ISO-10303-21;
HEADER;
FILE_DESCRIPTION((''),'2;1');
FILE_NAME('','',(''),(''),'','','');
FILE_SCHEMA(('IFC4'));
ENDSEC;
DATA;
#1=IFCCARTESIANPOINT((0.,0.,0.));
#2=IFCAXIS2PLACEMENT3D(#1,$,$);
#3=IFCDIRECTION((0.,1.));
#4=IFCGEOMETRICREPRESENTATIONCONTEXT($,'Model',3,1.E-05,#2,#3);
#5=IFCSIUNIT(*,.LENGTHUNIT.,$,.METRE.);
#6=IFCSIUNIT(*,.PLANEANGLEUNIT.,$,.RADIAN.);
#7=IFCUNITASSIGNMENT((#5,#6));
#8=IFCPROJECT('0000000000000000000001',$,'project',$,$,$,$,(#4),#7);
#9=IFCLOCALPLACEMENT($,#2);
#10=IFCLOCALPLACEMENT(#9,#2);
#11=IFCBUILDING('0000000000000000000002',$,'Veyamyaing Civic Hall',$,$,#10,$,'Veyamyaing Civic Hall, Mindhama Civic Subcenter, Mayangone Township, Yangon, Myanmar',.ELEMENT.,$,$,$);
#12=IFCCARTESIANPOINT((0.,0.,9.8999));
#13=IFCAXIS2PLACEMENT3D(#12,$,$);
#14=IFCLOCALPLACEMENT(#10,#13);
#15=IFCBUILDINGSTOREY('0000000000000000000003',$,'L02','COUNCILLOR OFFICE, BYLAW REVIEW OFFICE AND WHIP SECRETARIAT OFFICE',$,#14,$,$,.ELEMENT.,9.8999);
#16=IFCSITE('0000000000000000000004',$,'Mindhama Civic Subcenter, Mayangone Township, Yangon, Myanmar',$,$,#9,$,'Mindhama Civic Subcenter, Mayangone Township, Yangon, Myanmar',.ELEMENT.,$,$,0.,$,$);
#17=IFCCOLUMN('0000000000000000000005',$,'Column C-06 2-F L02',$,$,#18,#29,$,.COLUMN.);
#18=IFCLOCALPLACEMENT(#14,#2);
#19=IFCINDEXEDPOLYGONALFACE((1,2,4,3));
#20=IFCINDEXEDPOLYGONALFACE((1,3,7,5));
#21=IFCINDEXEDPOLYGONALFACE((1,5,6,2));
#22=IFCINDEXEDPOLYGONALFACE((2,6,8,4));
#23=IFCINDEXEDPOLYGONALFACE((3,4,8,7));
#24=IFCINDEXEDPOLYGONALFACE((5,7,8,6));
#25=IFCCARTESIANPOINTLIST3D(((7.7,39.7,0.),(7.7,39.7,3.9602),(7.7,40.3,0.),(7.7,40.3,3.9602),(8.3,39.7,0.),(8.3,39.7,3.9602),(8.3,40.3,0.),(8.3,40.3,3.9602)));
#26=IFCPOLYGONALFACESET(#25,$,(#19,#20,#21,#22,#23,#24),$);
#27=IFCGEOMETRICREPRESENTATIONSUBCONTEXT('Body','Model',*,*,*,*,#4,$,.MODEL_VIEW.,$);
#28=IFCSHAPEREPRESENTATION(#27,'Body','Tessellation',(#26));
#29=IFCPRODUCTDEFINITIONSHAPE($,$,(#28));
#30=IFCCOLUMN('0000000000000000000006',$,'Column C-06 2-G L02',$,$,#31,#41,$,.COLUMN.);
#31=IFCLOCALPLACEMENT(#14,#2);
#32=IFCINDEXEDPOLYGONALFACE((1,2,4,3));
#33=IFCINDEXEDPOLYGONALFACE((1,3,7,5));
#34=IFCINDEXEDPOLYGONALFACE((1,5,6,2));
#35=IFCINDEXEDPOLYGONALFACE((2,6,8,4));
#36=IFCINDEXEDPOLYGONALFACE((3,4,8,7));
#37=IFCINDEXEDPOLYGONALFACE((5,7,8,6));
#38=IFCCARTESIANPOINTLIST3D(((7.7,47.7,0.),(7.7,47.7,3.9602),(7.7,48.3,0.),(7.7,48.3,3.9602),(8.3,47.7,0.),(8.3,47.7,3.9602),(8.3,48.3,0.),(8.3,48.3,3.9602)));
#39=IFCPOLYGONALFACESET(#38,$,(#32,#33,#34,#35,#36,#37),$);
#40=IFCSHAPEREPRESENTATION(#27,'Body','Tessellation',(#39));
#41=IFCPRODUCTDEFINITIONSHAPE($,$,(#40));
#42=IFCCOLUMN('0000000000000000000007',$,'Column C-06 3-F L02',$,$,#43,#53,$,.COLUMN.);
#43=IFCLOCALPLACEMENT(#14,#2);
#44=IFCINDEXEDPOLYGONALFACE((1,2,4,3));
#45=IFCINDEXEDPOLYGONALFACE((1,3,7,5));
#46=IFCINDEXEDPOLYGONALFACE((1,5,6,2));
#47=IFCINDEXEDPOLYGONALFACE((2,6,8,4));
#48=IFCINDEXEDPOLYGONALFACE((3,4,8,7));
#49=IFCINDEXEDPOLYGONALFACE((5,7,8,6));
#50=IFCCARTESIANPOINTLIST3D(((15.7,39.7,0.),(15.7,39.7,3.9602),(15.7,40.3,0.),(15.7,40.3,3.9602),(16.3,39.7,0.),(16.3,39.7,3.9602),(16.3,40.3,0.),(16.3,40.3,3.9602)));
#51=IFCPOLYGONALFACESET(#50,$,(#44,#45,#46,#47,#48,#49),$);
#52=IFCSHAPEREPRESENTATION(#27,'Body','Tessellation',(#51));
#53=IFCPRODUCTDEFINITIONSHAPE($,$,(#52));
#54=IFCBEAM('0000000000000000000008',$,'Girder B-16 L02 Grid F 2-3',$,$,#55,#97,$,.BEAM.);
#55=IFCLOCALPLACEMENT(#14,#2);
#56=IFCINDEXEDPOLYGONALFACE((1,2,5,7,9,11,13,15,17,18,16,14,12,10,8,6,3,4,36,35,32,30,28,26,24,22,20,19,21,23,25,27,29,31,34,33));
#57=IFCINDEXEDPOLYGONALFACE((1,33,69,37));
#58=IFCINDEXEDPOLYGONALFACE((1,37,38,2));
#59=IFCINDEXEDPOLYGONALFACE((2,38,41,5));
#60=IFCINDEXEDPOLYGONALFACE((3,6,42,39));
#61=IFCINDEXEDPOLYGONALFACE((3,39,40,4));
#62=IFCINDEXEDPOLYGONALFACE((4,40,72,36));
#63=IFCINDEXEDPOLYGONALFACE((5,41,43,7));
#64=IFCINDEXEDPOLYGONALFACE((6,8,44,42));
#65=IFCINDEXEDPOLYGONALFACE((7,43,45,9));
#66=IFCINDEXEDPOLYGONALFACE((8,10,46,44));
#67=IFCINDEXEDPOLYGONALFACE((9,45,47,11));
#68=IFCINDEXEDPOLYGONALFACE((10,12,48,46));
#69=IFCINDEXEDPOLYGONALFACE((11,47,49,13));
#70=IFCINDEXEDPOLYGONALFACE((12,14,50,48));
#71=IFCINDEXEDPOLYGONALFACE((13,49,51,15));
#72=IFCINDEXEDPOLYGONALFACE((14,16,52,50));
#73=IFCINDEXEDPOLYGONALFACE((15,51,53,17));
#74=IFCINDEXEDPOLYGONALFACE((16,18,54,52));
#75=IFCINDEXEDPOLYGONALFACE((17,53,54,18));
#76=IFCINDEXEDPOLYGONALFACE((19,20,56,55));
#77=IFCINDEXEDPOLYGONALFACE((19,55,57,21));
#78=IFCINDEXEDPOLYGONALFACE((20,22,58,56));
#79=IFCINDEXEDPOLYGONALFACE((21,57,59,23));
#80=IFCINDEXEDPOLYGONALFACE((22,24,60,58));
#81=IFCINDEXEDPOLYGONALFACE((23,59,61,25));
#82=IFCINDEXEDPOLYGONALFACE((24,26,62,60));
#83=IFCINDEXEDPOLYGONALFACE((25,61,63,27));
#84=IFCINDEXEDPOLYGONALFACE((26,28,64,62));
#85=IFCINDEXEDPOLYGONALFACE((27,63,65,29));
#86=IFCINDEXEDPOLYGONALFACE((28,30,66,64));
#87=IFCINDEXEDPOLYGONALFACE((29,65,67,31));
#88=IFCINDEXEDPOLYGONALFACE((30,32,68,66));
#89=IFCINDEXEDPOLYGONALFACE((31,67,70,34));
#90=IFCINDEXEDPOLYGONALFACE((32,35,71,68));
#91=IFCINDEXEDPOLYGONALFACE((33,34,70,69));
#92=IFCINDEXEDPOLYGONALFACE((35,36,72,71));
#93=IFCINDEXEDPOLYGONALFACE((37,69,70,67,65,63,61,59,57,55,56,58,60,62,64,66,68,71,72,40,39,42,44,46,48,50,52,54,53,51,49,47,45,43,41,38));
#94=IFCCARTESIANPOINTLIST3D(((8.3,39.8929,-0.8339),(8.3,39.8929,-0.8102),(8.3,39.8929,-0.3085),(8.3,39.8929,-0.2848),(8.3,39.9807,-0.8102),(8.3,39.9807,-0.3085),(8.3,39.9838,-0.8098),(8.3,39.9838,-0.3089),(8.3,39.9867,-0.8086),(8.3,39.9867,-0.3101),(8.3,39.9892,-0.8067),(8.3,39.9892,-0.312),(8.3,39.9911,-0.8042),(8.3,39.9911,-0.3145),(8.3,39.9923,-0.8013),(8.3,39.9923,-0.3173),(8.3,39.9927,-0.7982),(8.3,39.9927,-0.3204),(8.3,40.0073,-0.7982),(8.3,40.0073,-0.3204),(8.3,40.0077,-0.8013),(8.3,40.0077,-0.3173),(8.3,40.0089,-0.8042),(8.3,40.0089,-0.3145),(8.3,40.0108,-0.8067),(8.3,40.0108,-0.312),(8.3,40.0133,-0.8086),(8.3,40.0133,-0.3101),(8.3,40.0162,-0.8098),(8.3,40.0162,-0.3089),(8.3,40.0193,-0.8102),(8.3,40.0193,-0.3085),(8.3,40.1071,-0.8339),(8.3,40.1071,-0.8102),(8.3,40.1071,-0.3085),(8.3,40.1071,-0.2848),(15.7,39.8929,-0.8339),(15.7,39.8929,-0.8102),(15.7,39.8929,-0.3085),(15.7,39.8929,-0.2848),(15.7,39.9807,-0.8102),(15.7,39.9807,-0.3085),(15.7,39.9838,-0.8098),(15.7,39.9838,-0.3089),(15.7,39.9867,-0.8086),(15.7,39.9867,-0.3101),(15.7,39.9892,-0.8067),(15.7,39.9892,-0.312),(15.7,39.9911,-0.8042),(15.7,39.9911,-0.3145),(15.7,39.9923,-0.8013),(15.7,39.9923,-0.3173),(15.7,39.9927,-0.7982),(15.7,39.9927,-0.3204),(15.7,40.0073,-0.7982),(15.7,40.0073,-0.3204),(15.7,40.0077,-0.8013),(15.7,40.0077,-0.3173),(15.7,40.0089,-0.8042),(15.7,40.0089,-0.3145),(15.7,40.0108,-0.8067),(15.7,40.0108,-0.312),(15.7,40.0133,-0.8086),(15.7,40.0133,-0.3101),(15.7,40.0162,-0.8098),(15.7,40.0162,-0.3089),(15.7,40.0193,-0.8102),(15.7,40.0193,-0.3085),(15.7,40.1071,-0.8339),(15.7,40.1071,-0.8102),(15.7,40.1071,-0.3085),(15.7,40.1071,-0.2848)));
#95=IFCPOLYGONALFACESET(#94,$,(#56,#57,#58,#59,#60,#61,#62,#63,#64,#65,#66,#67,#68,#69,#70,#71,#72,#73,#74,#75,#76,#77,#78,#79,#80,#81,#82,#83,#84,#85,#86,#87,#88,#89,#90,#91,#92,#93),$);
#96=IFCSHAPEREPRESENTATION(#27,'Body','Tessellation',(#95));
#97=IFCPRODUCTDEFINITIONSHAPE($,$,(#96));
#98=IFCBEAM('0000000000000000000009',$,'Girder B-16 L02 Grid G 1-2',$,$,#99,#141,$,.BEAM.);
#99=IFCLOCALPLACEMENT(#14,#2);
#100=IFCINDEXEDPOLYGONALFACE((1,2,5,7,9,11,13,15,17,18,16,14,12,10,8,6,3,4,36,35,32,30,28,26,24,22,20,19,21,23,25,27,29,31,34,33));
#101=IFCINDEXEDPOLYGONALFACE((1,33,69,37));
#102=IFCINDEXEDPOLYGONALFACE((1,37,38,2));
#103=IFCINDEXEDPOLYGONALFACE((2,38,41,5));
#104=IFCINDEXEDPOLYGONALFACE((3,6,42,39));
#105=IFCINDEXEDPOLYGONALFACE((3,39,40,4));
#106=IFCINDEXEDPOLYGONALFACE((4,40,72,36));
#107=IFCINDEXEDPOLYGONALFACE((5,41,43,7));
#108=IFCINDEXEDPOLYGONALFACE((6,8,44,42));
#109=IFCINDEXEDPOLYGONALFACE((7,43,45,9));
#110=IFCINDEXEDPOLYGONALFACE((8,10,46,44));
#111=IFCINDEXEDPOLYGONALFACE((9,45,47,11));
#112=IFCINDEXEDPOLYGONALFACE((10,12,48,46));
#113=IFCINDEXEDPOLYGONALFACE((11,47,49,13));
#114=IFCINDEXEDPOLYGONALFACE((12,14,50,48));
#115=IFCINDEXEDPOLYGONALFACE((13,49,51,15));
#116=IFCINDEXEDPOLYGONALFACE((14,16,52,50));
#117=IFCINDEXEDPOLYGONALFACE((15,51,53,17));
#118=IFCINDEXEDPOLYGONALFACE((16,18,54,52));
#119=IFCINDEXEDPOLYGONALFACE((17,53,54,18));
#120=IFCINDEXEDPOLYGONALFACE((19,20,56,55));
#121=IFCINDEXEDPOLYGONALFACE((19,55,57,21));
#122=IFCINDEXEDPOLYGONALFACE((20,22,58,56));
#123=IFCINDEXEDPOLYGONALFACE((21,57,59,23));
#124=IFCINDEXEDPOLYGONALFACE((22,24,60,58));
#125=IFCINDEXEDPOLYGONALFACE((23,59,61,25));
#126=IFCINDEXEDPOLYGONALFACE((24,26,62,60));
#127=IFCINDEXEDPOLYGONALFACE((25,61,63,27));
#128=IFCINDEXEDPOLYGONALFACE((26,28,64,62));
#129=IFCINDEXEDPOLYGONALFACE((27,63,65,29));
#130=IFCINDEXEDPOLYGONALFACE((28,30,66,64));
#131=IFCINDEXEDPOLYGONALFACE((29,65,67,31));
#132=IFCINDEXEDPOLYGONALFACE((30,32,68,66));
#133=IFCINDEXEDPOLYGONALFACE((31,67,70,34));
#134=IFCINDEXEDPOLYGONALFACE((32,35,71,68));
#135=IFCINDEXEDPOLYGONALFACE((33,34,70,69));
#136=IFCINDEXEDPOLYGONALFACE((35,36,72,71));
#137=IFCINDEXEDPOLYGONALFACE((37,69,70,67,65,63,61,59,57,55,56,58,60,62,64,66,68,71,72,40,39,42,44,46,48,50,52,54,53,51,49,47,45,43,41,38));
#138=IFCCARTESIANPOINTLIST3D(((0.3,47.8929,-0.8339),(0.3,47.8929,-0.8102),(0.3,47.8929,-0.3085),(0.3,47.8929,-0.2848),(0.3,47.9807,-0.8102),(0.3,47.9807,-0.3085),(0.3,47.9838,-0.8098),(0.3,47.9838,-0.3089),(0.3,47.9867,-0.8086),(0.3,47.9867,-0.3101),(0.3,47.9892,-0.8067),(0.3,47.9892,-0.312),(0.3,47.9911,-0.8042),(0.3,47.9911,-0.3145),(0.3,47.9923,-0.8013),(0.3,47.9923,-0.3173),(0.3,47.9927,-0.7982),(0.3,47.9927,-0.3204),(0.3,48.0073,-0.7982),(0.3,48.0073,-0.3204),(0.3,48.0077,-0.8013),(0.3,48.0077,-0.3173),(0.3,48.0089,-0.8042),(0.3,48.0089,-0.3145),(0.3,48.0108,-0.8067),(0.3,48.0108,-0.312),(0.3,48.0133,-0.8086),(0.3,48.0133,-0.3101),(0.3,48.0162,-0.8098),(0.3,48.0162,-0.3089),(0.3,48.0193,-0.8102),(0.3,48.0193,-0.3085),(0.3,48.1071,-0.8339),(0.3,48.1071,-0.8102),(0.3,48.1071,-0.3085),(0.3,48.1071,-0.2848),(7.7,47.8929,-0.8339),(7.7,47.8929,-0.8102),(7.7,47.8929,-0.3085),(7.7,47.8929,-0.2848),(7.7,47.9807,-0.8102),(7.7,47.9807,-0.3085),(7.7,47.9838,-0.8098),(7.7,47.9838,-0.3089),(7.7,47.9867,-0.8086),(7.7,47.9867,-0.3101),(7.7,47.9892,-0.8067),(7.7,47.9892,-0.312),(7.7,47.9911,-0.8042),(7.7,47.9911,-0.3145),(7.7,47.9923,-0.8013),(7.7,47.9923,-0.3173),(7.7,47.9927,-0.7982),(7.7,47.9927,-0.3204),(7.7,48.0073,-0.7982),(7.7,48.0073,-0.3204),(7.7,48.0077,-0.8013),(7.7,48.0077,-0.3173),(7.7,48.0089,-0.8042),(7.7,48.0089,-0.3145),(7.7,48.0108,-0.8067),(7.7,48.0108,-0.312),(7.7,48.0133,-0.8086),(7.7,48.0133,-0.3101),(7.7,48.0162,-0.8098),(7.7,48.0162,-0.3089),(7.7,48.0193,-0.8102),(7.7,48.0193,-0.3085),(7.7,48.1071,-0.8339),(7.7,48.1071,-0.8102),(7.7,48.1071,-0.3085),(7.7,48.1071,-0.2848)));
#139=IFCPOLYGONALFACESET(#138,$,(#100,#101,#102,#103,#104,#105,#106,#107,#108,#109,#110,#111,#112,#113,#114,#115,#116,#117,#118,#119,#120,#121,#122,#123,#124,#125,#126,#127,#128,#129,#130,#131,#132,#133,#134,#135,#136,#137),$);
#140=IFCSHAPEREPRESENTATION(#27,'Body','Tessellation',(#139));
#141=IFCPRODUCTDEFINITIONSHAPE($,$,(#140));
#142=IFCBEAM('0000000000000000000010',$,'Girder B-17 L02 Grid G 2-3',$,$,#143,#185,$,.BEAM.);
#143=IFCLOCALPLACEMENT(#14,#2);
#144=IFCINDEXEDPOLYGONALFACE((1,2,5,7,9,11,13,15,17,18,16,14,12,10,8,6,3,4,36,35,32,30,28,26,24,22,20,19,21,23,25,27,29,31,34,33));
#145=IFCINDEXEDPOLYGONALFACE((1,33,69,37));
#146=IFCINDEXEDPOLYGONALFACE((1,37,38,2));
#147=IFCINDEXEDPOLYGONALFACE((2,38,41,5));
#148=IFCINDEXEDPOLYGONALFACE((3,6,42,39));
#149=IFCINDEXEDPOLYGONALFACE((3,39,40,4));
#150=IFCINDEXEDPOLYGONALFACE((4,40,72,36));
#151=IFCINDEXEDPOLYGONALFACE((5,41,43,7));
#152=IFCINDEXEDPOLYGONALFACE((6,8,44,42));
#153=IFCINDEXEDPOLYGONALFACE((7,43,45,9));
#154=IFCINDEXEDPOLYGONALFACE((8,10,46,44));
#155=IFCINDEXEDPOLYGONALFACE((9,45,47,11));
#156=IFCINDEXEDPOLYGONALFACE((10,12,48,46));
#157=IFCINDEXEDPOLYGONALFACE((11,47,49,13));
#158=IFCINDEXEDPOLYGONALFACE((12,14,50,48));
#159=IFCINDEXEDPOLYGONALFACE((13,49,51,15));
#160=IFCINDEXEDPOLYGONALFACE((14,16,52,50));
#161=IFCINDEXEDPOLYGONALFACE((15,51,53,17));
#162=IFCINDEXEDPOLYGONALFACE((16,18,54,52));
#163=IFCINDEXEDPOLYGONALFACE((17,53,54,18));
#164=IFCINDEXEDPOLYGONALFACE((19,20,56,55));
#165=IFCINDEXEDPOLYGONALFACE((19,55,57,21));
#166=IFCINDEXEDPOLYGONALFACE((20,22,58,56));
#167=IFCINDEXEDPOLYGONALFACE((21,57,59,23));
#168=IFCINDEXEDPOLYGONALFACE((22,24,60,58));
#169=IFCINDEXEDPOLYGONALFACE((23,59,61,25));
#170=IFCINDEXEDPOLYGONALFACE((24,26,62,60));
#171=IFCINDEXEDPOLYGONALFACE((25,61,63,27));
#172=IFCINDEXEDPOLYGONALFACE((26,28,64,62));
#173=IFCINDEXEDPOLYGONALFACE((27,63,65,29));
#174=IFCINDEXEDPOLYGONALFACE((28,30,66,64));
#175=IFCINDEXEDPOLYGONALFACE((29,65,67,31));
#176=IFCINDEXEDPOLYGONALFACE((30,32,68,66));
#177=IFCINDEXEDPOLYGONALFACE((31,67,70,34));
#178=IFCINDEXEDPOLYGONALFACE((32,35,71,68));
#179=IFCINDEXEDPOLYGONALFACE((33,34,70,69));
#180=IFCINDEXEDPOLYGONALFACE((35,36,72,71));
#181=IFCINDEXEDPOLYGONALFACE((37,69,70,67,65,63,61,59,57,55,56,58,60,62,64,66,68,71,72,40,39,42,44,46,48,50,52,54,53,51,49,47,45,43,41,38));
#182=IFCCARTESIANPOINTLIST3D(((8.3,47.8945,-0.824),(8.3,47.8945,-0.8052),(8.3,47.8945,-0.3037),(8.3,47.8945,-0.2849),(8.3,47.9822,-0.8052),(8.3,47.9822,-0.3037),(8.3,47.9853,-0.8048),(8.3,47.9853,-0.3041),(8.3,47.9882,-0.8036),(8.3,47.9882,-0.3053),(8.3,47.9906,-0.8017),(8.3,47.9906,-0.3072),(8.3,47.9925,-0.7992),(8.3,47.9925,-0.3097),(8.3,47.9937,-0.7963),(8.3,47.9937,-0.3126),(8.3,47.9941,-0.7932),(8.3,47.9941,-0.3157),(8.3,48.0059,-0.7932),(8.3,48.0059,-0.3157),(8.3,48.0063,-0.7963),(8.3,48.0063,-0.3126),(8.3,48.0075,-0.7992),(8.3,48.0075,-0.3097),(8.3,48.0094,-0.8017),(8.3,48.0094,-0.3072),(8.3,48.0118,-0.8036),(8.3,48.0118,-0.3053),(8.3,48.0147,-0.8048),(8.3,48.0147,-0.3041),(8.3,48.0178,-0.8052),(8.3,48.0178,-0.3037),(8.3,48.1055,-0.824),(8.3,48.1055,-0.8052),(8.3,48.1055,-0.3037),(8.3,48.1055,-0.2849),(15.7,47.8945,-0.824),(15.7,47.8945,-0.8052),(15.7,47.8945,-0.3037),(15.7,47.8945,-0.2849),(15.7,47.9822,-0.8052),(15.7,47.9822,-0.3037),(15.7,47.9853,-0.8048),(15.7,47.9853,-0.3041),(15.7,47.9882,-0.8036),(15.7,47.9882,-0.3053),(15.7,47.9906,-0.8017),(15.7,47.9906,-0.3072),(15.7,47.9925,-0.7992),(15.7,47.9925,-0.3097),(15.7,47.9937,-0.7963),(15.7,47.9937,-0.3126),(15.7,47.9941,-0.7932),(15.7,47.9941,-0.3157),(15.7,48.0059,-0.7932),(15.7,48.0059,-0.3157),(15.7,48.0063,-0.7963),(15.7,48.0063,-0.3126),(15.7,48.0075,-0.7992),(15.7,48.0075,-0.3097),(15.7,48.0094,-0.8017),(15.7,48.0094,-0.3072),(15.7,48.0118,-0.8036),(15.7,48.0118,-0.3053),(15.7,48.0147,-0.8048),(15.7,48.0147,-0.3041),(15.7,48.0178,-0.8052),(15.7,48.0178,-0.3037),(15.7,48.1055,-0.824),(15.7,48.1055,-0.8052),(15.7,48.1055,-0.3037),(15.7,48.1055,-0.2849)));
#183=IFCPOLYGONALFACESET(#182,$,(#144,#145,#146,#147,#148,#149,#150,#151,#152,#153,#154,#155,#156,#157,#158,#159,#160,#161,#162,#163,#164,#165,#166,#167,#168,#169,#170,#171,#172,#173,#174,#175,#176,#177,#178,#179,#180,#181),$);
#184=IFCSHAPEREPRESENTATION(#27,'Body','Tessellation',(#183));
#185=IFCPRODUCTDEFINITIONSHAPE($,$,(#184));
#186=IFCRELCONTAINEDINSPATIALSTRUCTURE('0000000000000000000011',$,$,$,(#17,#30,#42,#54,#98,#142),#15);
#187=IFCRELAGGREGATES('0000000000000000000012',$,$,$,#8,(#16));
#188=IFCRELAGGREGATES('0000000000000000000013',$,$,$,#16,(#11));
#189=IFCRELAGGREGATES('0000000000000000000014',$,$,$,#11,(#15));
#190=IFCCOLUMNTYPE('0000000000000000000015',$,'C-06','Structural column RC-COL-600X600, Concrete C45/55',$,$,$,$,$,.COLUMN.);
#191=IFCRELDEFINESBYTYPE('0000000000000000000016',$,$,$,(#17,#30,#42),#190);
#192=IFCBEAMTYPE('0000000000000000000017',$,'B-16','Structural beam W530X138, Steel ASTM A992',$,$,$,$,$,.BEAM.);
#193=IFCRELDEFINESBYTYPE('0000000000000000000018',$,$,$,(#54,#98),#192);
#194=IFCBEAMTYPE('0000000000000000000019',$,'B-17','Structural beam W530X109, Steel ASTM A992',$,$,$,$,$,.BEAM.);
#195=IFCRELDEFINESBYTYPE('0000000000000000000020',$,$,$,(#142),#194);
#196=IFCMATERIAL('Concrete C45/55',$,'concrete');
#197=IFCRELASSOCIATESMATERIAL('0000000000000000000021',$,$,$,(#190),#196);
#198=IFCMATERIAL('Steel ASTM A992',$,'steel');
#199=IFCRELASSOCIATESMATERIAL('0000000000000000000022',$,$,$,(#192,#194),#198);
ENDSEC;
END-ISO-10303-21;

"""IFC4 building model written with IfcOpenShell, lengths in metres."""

from ifc_helpers import new_model, si_unit, direction, frame, origin, origin_2d, place, context, subcontext, project, spatial, rectangle, i_section, extrude, material, material_profile, profile_set, type_object, element, save


model = new_model("IFC4")

# Units and contexts
model_context = context("Model", 3, precision=1e-05, world=origin(), true_north=direction((0.0, 1.0)))
body_context = subcontext(model_context, "Body", "Model", "MODEL_VIEW")
ifc_project = project(units=[si_unit("LENGTHUNIT", "METRE"), si_unit("PLANEANGLEUNIT", "RADIAN")], contexts=[model_context])

# Site, building, storey
site_placement = place(None, origin())
site = spatial("IfcSite", under=ifc_project, at=site_placement, Name="Mindhama Civic Subcenter, Mayangone Township, Yangon, Myanmar", LongName="Mindhama Civic Subcenter, Mayangone Township, Yangon, Myanmar", CompositionType="ELEMENT", RefElevation=0.0)
building_placement = place(site_placement, origin())
building = spatial("IfcBuilding", under=site, at=building_placement, Name="Veyamyaing Civic Hall", LongName="Veyamyaing Civic Hall, Mindhama Civic Subcenter, Mayangone Township, Yangon, Myanmar", CompositionType="ELEMENT")
storey_placement = place(building_placement, frame((0.0, 0.0, 9.8999)))
storey = spatial("IfcBuildingStorey", under=building, at=storey_placement, Name="L02", Description="COUNCILLOR OFFICE, BYLAW REVIEW OFFICE AND WHIP SECRETARIAT OFFICE", CompositionType="ELEMENT", Elevation=9.8999)

# Columns
ifc_material_1 = material(Name="Concrete C45/55", Category="concrete")
ifc_material_profile_1 = material_profile(ifc_material_1, rectangle(XDim=0.6001, YDim=0.6001, at=origin_2d()), Name="RC-COL-600X600")
ifc_profile_set_1 = profile_set([ifc_material_profile_1], Name="Concrete C45/55")
column_type = type_object("IfcColumnType", Name="C-06", Description="Structural column RC-COL-600X600, Concrete C45/55", PredefinedType="COLUMN", material=ifc_profile_set_1)
for number, where, z_axis, x_axis, name in (
    (1, (8.0, 40.0, 0.0), (0.0, 0.0, 1.0), (1.0, 0.0, 0.0), "Column C-06 2-F L02"),
    (2, (8.0, 48.0, 0.0), (0.0, 0.0, 1.0), (1.0, 0.0, 0.0), "Column C-06 2-G L02"),
    (3, (16.0, 40.0, 0.0), (0.0, 0.0, 1.0), (1.0, 0.0, 0.0), "Column C-06 3-F L02"),
):
    element("IfcColumn", number, at=place(storey_placement, frame(where, z_axis=z_axis, x_axis=x_axis)), inside=storey, type_object=column_type, Name=name, PredefinedType="COLUMN", context=body_context, shape_type="SweptSolid", body=[
        extrude(rectangle(XDim=0.6001, YDim=0.6001, at=origin_2d()), origin(), (0.0, 0.0, 1.0), 3.9602),
    ])

# Beams
ifc_material_2 = material(Name="Steel ASTM A992", Category="steel")
ifc_material_profile_2 = material_profile(ifc_material_2, i_section(OverallWidth=0.2141, OverallDepth=0.5491, WebThickness=0.0146, FlangeThickness=0.0237, FilletRadius=0.012, at=origin_2d()), Name="W530X138")
ifc_profile_set_2 = profile_set([ifc_material_profile_2], Name="Steel ASTM A992")
beam_type_1 = type_object("IfcBeamType", Name="B-16", Description="Structural beam W530X138, Steel ASTM A992", PredefinedType="BEAM", material=ifc_profile_set_2)
for number, where, z_axis, x_axis, name in (
    (4, (8.3, 40.0, -0.5593), (1.0, 0.0, 0.0), (0.0, 1.0, 0.0), "Girder B-16 L02 Grid F 2-3"),
    (5, (0.3, 48.0, -0.5593), (1.0, 0.0, 0.0), (0.0, 1.0, 0.0), "Girder B-16 L02 Grid G 1-2"),
):
    element("IfcBeam", number, at=place(storey_placement, frame(where, z_axis=z_axis, x_axis=x_axis)), inside=storey, type_object=beam_type_1, Name=name, PredefinedType="BEAM", context=body_context, shape_type="SweptSolid", body=[
        extrude(i_section(OverallWidth=0.2141, OverallDepth=0.5491, WebThickness=0.0146, FlangeThickness=0.0237, FilletRadius=0.012, at=origin_2d()), origin(), (0.0, 0.0, 1.0), 7.3999),
    ])
ifc_material_profile_3 = material_profile(ifc_material_2, i_section(OverallWidth=0.2109, OverallDepth=0.5391, WebThickness=0.0117, FlangeThickness=0.0188, FilletRadius=0.012, at=origin_2d()), Name="W530X109")
ifc_profile_set_3 = profile_set([ifc_material_profile_3], Name="Steel ASTM A992")
beam_type_2 = type_object("IfcBeamType", Name="B-17", Description="Structural beam W530X109, Steel ASTM A992", PredefinedType="BEAM", material=ifc_profile_set_3)
for number, where, z_axis, x_axis, name in (
    (6, (8.3, 48.0, -0.5544), (1.0, 0.0, 0.0), (0.0, 1.0, 0.0), "Girder B-17 L02 Grid G 2-3"),
):
    element("IfcBeam", number, at=place(storey_placement, frame(where, z_axis=z_axis, x_axis=x_axis)), inside=storey, type_object=beam_type_2, Name=name, PredefinedType="BEAM", context=body_context, shape_type="SweptSolid", body=[
        extrude(i_section(OverallWidth=0.2109, OverallDepth=0.5391, WebThickness=0.0117, FlangeThickness=0.0188, FilletRadius=0.012, at=origin_2d()), origin(), (0.0, 0.0, 1.0), 7.3999),
    ])

save(model, "model.ifc")
